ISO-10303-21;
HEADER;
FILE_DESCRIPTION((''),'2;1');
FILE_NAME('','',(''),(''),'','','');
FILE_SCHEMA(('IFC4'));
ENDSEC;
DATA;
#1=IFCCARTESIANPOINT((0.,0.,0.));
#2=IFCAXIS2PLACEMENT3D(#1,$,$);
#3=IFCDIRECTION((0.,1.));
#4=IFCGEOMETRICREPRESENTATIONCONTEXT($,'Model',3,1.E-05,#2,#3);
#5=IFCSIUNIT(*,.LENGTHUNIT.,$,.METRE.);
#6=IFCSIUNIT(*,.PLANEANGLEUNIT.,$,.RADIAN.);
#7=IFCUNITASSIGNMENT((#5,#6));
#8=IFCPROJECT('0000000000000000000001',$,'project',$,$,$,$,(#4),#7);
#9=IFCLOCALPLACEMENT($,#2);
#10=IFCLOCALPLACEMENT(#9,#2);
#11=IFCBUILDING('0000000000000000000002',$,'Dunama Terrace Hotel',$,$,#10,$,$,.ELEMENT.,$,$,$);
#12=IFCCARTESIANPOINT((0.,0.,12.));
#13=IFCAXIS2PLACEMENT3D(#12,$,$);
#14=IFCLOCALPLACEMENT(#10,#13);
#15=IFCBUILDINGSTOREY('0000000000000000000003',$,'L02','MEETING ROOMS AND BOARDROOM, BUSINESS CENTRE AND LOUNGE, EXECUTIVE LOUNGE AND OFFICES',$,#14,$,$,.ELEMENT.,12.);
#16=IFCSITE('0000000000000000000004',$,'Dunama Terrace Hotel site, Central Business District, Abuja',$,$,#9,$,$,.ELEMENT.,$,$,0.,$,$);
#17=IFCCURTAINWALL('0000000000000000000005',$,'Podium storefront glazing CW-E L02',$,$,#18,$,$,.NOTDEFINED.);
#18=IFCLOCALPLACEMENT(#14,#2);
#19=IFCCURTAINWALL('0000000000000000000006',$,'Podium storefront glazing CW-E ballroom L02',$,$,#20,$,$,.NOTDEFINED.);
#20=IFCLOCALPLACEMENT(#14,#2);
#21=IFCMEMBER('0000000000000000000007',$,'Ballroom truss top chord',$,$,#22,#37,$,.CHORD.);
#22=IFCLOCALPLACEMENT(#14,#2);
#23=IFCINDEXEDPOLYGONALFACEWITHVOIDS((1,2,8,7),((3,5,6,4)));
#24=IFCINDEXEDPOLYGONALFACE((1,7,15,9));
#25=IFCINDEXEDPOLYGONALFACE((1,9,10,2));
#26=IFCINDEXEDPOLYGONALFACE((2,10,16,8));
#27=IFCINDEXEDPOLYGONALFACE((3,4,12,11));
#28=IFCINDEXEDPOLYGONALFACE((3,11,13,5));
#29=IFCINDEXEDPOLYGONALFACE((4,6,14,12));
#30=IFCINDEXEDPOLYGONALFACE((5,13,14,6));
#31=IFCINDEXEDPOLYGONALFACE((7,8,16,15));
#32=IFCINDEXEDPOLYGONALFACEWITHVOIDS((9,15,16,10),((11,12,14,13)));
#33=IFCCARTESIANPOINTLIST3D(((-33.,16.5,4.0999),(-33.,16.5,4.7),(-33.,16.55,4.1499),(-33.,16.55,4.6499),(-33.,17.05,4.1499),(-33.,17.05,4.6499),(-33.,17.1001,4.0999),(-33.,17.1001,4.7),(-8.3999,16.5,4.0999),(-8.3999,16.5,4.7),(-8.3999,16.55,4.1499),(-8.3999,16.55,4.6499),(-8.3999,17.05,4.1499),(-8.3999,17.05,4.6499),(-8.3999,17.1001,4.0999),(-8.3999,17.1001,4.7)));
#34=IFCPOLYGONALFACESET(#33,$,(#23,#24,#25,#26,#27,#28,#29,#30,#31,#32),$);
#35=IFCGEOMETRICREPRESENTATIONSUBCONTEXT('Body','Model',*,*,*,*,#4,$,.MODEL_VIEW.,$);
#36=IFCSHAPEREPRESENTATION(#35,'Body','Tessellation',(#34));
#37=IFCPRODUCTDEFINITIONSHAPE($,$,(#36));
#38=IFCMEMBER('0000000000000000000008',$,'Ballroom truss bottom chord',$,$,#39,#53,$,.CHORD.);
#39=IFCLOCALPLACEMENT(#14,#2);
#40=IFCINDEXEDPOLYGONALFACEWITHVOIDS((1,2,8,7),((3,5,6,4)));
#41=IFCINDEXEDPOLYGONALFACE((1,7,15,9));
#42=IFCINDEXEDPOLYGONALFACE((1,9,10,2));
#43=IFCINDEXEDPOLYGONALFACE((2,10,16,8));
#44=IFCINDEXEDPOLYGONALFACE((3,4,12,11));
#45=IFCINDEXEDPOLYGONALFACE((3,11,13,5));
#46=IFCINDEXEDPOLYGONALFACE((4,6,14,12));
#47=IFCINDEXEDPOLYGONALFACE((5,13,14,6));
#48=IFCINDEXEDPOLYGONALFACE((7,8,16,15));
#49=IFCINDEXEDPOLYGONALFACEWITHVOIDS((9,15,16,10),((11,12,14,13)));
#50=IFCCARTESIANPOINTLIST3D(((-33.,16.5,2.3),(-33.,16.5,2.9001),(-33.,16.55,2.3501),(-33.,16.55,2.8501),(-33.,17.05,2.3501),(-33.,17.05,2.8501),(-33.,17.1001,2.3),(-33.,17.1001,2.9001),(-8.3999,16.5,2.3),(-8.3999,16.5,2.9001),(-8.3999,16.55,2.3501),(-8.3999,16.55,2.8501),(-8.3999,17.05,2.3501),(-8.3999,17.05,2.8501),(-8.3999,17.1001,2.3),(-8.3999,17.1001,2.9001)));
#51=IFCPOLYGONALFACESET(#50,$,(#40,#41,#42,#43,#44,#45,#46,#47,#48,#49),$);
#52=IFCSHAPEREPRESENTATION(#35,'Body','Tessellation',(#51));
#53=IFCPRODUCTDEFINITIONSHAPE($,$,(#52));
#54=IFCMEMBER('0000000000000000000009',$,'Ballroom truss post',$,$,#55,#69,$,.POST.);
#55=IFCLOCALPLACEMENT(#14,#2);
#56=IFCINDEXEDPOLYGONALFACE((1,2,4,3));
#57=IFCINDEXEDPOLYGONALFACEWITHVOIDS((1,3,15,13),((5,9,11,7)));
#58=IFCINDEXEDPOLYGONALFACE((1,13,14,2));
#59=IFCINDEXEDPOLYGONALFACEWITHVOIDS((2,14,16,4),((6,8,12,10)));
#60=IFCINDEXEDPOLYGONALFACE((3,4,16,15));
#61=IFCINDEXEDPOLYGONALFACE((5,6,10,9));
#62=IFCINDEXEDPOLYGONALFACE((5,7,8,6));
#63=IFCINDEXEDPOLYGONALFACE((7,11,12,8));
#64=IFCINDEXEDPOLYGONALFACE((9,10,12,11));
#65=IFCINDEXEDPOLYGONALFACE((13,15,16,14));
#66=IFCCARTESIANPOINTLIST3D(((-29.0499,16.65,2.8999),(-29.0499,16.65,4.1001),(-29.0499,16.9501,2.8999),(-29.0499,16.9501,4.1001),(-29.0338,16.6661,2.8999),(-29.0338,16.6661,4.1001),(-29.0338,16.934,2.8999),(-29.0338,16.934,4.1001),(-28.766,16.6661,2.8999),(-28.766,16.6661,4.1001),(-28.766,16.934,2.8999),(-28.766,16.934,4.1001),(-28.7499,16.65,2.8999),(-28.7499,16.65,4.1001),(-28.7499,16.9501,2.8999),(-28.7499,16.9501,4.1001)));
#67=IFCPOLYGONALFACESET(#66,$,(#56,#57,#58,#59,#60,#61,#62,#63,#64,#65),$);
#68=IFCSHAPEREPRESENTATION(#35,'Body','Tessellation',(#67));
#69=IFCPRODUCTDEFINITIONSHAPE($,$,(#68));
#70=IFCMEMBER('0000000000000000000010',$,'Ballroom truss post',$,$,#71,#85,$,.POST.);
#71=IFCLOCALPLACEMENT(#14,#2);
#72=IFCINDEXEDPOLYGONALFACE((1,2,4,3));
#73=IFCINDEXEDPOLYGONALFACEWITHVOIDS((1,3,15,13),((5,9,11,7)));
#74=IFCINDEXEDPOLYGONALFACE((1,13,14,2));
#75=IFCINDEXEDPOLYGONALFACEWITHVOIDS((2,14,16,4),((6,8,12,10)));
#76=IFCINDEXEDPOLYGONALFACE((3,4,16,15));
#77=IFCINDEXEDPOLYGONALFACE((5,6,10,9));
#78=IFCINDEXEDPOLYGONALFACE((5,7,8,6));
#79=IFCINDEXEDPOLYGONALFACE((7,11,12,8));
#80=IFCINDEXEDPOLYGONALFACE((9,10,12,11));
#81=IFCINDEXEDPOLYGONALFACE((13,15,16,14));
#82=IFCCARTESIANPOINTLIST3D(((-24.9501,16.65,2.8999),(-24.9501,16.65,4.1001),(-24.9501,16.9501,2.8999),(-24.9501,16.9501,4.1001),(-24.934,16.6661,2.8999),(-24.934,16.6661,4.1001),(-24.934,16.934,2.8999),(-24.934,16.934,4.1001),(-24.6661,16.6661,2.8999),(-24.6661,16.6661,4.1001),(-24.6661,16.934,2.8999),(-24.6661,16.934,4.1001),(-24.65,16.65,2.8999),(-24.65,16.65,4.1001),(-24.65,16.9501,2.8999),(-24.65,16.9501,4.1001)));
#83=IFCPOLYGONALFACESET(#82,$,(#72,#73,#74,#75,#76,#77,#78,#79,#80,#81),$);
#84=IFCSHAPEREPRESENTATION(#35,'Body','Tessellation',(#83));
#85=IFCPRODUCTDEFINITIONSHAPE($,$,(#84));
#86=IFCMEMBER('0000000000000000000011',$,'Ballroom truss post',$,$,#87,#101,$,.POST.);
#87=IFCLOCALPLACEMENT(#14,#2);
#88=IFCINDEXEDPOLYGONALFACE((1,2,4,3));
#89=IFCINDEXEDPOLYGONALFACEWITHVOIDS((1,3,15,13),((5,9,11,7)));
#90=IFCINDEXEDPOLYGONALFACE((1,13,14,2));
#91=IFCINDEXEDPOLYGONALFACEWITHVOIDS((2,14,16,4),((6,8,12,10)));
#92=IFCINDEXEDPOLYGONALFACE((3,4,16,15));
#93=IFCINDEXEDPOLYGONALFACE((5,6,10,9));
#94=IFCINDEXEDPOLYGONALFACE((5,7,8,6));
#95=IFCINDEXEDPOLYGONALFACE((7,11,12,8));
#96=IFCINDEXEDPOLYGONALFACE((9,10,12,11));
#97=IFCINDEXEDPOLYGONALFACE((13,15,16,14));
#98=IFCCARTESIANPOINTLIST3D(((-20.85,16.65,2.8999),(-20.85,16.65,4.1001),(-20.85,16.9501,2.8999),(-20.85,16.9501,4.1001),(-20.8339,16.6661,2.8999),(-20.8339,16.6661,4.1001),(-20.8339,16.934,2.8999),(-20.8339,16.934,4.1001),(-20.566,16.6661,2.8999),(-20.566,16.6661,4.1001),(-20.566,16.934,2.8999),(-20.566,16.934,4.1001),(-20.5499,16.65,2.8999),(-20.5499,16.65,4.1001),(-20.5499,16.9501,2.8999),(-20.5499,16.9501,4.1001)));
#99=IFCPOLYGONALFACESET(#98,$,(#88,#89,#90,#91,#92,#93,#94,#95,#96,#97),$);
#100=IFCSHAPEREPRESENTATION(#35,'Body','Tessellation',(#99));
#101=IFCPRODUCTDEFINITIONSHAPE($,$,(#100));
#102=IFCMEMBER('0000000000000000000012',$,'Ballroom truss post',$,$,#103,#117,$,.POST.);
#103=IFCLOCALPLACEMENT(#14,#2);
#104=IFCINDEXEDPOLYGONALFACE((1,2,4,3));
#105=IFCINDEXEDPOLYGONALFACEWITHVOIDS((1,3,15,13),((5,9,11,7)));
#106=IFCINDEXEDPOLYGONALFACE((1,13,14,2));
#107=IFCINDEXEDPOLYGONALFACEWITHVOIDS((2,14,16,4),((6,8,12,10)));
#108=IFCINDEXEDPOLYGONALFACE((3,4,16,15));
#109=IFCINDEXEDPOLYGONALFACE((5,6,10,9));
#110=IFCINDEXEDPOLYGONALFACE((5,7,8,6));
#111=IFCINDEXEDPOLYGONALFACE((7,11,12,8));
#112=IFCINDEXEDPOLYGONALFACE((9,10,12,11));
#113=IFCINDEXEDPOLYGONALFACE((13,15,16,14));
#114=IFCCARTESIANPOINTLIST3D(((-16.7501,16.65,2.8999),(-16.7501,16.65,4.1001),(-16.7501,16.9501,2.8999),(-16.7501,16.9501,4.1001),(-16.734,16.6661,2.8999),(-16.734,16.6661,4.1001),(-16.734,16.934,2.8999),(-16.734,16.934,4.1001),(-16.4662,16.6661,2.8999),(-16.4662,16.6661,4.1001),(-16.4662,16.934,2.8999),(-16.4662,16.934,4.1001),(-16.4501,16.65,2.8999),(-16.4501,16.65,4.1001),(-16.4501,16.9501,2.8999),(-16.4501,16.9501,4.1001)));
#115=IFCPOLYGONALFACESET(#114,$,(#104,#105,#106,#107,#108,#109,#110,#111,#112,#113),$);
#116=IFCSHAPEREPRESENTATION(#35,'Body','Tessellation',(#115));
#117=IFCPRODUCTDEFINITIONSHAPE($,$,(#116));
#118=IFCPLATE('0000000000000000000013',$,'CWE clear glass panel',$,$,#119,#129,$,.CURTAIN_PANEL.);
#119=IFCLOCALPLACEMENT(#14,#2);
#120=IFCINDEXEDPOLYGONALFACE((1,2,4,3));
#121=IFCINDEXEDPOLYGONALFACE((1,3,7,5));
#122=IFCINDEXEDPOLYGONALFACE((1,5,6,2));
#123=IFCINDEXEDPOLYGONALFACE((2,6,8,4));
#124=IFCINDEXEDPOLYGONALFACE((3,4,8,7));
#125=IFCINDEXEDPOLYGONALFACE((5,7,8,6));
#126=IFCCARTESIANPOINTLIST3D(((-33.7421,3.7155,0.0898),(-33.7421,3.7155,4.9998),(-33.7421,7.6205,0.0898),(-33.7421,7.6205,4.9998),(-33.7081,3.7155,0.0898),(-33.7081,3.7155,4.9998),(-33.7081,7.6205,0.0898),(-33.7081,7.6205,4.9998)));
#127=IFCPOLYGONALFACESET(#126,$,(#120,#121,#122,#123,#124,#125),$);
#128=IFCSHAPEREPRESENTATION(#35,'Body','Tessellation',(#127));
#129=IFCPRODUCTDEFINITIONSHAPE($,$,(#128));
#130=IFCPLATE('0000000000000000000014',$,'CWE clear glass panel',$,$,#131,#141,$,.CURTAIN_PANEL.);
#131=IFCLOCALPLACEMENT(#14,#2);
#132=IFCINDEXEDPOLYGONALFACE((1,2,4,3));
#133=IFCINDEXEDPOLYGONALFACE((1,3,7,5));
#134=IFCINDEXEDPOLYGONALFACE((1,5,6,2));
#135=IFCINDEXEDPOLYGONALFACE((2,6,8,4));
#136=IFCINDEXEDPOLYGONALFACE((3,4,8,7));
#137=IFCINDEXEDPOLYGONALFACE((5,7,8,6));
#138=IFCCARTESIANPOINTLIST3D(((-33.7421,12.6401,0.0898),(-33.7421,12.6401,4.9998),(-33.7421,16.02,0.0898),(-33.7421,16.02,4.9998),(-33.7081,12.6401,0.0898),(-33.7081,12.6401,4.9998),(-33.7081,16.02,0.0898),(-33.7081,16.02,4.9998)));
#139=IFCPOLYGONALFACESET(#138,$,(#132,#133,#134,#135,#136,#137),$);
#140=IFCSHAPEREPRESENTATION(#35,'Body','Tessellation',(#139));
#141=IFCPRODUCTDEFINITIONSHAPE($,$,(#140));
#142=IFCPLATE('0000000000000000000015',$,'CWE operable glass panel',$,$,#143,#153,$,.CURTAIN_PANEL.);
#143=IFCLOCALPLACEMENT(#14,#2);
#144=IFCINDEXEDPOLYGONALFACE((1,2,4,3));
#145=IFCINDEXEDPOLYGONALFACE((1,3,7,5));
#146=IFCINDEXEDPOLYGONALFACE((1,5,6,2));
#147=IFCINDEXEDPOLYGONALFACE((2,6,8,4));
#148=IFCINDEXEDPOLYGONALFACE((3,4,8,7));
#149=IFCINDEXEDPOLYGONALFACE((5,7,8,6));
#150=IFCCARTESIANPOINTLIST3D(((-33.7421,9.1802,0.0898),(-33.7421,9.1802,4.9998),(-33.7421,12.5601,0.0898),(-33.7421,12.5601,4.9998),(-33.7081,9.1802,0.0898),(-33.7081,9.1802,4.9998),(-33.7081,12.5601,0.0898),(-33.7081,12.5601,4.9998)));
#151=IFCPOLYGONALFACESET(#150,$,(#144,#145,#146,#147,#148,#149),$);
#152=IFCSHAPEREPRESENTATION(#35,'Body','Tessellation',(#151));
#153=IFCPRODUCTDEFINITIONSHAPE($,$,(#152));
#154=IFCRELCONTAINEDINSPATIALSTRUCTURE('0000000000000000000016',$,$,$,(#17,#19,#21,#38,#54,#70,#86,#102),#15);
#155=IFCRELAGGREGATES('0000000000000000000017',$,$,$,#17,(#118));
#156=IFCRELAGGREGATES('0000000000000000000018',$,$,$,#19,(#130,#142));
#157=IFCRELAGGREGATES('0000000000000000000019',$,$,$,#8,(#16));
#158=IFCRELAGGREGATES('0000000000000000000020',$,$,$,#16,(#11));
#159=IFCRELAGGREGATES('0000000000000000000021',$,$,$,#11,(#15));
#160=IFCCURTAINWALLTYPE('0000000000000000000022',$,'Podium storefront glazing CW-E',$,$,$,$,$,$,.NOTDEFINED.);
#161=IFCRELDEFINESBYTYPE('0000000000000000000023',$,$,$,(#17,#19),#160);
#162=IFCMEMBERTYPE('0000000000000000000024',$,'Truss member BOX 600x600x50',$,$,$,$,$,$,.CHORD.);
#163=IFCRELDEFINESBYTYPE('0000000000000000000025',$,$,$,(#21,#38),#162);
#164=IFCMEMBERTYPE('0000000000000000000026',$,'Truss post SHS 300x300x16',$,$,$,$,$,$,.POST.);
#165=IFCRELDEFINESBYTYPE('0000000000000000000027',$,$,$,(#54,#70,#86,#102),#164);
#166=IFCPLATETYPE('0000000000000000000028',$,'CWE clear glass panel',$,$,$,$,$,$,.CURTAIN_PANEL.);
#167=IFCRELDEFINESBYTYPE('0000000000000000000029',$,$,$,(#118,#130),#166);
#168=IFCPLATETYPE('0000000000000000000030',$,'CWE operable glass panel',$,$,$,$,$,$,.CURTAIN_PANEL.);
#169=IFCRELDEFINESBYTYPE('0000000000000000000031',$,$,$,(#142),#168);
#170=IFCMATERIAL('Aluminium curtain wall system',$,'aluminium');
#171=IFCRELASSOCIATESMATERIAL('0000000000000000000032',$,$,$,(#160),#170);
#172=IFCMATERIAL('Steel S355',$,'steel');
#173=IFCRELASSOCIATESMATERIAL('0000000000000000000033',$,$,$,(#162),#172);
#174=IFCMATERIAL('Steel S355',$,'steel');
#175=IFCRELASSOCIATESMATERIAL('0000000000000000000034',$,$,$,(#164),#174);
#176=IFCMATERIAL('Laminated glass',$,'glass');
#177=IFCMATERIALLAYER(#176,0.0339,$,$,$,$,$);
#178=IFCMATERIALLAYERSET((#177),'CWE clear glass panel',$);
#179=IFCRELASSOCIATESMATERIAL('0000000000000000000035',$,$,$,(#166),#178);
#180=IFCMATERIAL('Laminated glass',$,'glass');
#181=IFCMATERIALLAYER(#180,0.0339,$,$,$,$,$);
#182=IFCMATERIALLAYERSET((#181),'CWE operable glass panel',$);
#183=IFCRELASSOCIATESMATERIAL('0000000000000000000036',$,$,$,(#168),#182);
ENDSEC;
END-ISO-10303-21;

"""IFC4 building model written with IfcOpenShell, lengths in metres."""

from ifc_helpers import new_model, si_unit, direction, frame, origin, origin_2d, place, context, subcontext, project, spatial, rectangle, hollow_rectangle, extrude, material, layer, layer_set, material_profile, profile_set, type_object, element, aggregate, save


model = new_model("IFC4")

# Units and contexts
model_context = context("Model", 3, precision=1e-05, world=origin(), true_north=direction((0.0, 1.0)))
body_context = subcontext(model_context, "Body", "Model", "MODEL_VIEW")
ifc_project = project(units=[si_unit("LENGTHUNIT", "METRE"), si_unit("PLANEANGLEUNIT", "RADIAN")], contexts=[model_context])

# Site, building, storey
site_placement = place(None, origin())
site = spatial("IfcSite", under=ifc_project, at=site_placement, Name="Dunama Terrace Hotel site, Central Business District, Abuja", CompositionType="ELEMENT", RefElevation=0.0)
building_placement = place(site_placement, origin())
building = spatial("IfcBuilding", under=site, at=building_placement, Name="Dunama Terrace Hotel", CompositionType="ELEMENT")
storey_placement = place(building_placement, frame((0.0, 0.0, 12.0)))
storey = spatial("IfcBuildingStorey", under=building, at=storey_placement, Name="L02", Description="MEETING ROOMS AND BOARDROOM, BUSINESS CENTRE AND LOUNGE, EXECUTIVE LOUNGE AND OFFICES", CompositionType="ELEMENT", Elevation=12.0)

# Curtain wall
ifc_material_1 = material(Name="Aluminium curtain wall system", Category="aluminium")
curtain_wall_type = type_object("IfcCurtainWallType", Name="Podium storefront glazing CW-E", PredefinedType="NOTDEFINED", material=ifc_material_1)
curtain_wall_1_placement = place(storey_placement, origin())
curtain_wall_1 = element("IfcCurtainWall", 1, at=curtain_wall_1_placement, inside=storey, type_object=curtain_wall_type, Name="Podium storefront glazing CW-E L02", PredefinedType="NOTDEFINED")

# Curtain wall
curtain_wall_2_placement = place(storey_placement, origin())
curtain_wall_2 = element("IfcCurtainWall", 2, at=curtain_wall_2_placement, inside=storey, type_object=curtain_wall_type, Name="Podium storefront glazing CW-E ballroom L02", PredefinedType="NOTDEFINED")

# Members
ifc_material_2 = material(Name="Steel S355", Category="steel")
ifc_material_profile_1 = material_profile(ifc_material_2, hollow_rectangle(XDim=0.6001, YDim=0.6001, WallThickness=0.05, at=origin_2d()), Name="BOX 600x600x50")
ifc_profile_set_1 = profile_set([ifc_material_profile_1], Name="Steel S355")
member_type_1 = type_object("IfcMemberType", Name="Truss member BOX 600x600x50", PredefinedType="CHORD", material=ifc_profile_set_1)
for number, where, z_axis, x_axis, name in (
    (3, (-33.0, 16.8, 4.3999), (1.0, 0.0, 0.0), (0.0, 1.0, 0.0), "Ballroom truss top chord"),
    (4, (-33.0, 16.8, 2.6001), (1.0, 0.0, 0.0), (0.0, 1.0, 0.0), "Ballroom truss bottom chord"),
):
    element("IfcMember", number, at=place(storey_placement, frame(where, z_axis=z_axis, x_axis=x_axis)), inside=storey, type_object=member_type_1, Name=name, PredefinedType="CHORD", context=body_context, shape_type="SweptSolid", body=[
        extrude(hollow_rectangle(XDim=0.6001, YDim=0.6001, WallThickness=0.05, at=origin_2d()), origin(), (0.0, 0.0, 1.0), 24.6001),
    ])
ifc_material_3 = material(Name="Steel S355", Category="steel")
ifc_material_profile_2 = material_profile(ifc_material_3, hollow_rectangle(XDim=0.3, YDim=0.3, WallThickness=0.0161, at=origin_2d()), Name="SHS 300x300x16")
ifc_profile_set_2 = profile_set([ifc_material_profile_2], Name="Steel S355")
member_type_2 = type_object("IfcMemberType", Name="Truss post SHS 300x300x16", PredefinedType="POST", material=ifc_profile_set_2)
for number, where, z_axis, x_axis, name in (
    (5, (-28.8999, 16.8, 2.8999), (0.0, 0.0, 1.0), (1.0, 0.0, 0.0), "Ballroom truss post"),
    (6, (-24.8, 16.8, 2.8999), (0.0, 0.0, 1.0), (1.0, 0.0, 0.0), "Ballroom truss post"),
    (7, (-20.7, 16.8, 2.8999), (0.0, 0.0, 1.0), (1.0, 0.0, 0.0), "Ballroom truss post"),
    (8, (-16.6001, 16.8, 2.8999), (0.0, 0.0, 1.0), (1.0, 0.0, 0.0), "Ballroom truss post"),
):
    element("IfcMember", number, at=place(storey_placement, frame(where, z_axis=z_axis, x_axis=x_axis)), inside=storey, type_object=member_type_2, Name=name, PredefinedType="POST", context=body_context, shape_type="SweptSolid", body=[
        extrude(hollow_rectangle(XDim=0.3, YDim=0.3, WallThickness=0.0161, at=origin_2d()), origin(), (0.0, 0.0, 1.0), 1.2002),
    ])

# Plates
ifc_material_4 = material(Name="Laminated glass", Category="glass")
ifc_layer_1 = layer(ifc_material_4, 0.0339)
ifc_layer_set_1 = layer_set([ifc_layer_1], Name="CWE clear glass panel")
plate_type_1 = type_object("IfcPlateType", Name="CWE clear glass panel", PredefinedType="CURTAIN_PANEL", material=ifc_layer_set_1)
plate_1_placement = place(storey_placement, frame((-33.7251, 5.668, 0.0898), z_axis=(0.0, 0.0, 1.0), x_axis=(0.0, -1.0, 0.0)))
plate_1 = element("IfcPlate", 9, at=plate_1_placement, type_object=plate_type_1, Name="CWE clear glass panel", PredefinedType="CURTAIN_PANEL", context=body_context, shape_type="SweptSolid", body=[
    extrude(rectangle(XDim=3.905, YDim=0.0339, at=origin_2d()), origin(), (0.0, 0.0, 1.0), 4.9099),
])
aggregate(curtain_wall_1, [plate_1])
plate_2_placement = place(storey_placement, frame((-33.7251, 14.3301, 0.0898), z_axis=(0.0, 0.0, 1.0), x_axis=(0.0, -1.0, 0.0)))
plate_2 = element("IfcPlate", 10, at=plate_2_placement, type_object=plate_type_1, Name="CWE clear glass panel", PredefinedType="CURTAIN_PANEL", context=body_context, shape_type="SweptSolid", body=[
    extrude(rectangle(XDim=3.3799, YDim=0.0339, at=origin_2d()), origin(), (0.0, 0.0, 1.0), 4.9099),
])
ifc_material_5 = material(Name="Laminated glass", Category="glass")
ifc_layer_2 = layer(ifc_material_5, 0.0339)
ifc_layer_set_2 = layer_set([ifc_layer_2], Name="CWE operable glass panel")
plate_type_2 = type_object("IfcPlateType", Name="CWE operable glass panel", PredefinedType="CURTAIN_PANEL", material=ifc_layer_set_2)
plate_3_placement = place(storey_placement, frame((-33.7251, 10.8701, 0.0898), z_axis=(0.0, 0.0, 1.0), x_axis=(0.0, -1.0, 0.0)))
plate_3 = element("IfcPlate", 11, at=plate_3_placement, type_object=plate_type_2, Name="CWE operable glass panel", PredefinedType="CURTAIN_PANEL", context=body_context, shape_type="SweptSolid", body=[
    extrude(rectangle(XDim=3.3799, YDim=0.0339, at=origin_2d()), origin(), (0.0, 0.0, 1.0), 4.9099),
])
aggregate(curtain_wall_2, [plate_2, plate_3])

save(model, "model.ifc")
